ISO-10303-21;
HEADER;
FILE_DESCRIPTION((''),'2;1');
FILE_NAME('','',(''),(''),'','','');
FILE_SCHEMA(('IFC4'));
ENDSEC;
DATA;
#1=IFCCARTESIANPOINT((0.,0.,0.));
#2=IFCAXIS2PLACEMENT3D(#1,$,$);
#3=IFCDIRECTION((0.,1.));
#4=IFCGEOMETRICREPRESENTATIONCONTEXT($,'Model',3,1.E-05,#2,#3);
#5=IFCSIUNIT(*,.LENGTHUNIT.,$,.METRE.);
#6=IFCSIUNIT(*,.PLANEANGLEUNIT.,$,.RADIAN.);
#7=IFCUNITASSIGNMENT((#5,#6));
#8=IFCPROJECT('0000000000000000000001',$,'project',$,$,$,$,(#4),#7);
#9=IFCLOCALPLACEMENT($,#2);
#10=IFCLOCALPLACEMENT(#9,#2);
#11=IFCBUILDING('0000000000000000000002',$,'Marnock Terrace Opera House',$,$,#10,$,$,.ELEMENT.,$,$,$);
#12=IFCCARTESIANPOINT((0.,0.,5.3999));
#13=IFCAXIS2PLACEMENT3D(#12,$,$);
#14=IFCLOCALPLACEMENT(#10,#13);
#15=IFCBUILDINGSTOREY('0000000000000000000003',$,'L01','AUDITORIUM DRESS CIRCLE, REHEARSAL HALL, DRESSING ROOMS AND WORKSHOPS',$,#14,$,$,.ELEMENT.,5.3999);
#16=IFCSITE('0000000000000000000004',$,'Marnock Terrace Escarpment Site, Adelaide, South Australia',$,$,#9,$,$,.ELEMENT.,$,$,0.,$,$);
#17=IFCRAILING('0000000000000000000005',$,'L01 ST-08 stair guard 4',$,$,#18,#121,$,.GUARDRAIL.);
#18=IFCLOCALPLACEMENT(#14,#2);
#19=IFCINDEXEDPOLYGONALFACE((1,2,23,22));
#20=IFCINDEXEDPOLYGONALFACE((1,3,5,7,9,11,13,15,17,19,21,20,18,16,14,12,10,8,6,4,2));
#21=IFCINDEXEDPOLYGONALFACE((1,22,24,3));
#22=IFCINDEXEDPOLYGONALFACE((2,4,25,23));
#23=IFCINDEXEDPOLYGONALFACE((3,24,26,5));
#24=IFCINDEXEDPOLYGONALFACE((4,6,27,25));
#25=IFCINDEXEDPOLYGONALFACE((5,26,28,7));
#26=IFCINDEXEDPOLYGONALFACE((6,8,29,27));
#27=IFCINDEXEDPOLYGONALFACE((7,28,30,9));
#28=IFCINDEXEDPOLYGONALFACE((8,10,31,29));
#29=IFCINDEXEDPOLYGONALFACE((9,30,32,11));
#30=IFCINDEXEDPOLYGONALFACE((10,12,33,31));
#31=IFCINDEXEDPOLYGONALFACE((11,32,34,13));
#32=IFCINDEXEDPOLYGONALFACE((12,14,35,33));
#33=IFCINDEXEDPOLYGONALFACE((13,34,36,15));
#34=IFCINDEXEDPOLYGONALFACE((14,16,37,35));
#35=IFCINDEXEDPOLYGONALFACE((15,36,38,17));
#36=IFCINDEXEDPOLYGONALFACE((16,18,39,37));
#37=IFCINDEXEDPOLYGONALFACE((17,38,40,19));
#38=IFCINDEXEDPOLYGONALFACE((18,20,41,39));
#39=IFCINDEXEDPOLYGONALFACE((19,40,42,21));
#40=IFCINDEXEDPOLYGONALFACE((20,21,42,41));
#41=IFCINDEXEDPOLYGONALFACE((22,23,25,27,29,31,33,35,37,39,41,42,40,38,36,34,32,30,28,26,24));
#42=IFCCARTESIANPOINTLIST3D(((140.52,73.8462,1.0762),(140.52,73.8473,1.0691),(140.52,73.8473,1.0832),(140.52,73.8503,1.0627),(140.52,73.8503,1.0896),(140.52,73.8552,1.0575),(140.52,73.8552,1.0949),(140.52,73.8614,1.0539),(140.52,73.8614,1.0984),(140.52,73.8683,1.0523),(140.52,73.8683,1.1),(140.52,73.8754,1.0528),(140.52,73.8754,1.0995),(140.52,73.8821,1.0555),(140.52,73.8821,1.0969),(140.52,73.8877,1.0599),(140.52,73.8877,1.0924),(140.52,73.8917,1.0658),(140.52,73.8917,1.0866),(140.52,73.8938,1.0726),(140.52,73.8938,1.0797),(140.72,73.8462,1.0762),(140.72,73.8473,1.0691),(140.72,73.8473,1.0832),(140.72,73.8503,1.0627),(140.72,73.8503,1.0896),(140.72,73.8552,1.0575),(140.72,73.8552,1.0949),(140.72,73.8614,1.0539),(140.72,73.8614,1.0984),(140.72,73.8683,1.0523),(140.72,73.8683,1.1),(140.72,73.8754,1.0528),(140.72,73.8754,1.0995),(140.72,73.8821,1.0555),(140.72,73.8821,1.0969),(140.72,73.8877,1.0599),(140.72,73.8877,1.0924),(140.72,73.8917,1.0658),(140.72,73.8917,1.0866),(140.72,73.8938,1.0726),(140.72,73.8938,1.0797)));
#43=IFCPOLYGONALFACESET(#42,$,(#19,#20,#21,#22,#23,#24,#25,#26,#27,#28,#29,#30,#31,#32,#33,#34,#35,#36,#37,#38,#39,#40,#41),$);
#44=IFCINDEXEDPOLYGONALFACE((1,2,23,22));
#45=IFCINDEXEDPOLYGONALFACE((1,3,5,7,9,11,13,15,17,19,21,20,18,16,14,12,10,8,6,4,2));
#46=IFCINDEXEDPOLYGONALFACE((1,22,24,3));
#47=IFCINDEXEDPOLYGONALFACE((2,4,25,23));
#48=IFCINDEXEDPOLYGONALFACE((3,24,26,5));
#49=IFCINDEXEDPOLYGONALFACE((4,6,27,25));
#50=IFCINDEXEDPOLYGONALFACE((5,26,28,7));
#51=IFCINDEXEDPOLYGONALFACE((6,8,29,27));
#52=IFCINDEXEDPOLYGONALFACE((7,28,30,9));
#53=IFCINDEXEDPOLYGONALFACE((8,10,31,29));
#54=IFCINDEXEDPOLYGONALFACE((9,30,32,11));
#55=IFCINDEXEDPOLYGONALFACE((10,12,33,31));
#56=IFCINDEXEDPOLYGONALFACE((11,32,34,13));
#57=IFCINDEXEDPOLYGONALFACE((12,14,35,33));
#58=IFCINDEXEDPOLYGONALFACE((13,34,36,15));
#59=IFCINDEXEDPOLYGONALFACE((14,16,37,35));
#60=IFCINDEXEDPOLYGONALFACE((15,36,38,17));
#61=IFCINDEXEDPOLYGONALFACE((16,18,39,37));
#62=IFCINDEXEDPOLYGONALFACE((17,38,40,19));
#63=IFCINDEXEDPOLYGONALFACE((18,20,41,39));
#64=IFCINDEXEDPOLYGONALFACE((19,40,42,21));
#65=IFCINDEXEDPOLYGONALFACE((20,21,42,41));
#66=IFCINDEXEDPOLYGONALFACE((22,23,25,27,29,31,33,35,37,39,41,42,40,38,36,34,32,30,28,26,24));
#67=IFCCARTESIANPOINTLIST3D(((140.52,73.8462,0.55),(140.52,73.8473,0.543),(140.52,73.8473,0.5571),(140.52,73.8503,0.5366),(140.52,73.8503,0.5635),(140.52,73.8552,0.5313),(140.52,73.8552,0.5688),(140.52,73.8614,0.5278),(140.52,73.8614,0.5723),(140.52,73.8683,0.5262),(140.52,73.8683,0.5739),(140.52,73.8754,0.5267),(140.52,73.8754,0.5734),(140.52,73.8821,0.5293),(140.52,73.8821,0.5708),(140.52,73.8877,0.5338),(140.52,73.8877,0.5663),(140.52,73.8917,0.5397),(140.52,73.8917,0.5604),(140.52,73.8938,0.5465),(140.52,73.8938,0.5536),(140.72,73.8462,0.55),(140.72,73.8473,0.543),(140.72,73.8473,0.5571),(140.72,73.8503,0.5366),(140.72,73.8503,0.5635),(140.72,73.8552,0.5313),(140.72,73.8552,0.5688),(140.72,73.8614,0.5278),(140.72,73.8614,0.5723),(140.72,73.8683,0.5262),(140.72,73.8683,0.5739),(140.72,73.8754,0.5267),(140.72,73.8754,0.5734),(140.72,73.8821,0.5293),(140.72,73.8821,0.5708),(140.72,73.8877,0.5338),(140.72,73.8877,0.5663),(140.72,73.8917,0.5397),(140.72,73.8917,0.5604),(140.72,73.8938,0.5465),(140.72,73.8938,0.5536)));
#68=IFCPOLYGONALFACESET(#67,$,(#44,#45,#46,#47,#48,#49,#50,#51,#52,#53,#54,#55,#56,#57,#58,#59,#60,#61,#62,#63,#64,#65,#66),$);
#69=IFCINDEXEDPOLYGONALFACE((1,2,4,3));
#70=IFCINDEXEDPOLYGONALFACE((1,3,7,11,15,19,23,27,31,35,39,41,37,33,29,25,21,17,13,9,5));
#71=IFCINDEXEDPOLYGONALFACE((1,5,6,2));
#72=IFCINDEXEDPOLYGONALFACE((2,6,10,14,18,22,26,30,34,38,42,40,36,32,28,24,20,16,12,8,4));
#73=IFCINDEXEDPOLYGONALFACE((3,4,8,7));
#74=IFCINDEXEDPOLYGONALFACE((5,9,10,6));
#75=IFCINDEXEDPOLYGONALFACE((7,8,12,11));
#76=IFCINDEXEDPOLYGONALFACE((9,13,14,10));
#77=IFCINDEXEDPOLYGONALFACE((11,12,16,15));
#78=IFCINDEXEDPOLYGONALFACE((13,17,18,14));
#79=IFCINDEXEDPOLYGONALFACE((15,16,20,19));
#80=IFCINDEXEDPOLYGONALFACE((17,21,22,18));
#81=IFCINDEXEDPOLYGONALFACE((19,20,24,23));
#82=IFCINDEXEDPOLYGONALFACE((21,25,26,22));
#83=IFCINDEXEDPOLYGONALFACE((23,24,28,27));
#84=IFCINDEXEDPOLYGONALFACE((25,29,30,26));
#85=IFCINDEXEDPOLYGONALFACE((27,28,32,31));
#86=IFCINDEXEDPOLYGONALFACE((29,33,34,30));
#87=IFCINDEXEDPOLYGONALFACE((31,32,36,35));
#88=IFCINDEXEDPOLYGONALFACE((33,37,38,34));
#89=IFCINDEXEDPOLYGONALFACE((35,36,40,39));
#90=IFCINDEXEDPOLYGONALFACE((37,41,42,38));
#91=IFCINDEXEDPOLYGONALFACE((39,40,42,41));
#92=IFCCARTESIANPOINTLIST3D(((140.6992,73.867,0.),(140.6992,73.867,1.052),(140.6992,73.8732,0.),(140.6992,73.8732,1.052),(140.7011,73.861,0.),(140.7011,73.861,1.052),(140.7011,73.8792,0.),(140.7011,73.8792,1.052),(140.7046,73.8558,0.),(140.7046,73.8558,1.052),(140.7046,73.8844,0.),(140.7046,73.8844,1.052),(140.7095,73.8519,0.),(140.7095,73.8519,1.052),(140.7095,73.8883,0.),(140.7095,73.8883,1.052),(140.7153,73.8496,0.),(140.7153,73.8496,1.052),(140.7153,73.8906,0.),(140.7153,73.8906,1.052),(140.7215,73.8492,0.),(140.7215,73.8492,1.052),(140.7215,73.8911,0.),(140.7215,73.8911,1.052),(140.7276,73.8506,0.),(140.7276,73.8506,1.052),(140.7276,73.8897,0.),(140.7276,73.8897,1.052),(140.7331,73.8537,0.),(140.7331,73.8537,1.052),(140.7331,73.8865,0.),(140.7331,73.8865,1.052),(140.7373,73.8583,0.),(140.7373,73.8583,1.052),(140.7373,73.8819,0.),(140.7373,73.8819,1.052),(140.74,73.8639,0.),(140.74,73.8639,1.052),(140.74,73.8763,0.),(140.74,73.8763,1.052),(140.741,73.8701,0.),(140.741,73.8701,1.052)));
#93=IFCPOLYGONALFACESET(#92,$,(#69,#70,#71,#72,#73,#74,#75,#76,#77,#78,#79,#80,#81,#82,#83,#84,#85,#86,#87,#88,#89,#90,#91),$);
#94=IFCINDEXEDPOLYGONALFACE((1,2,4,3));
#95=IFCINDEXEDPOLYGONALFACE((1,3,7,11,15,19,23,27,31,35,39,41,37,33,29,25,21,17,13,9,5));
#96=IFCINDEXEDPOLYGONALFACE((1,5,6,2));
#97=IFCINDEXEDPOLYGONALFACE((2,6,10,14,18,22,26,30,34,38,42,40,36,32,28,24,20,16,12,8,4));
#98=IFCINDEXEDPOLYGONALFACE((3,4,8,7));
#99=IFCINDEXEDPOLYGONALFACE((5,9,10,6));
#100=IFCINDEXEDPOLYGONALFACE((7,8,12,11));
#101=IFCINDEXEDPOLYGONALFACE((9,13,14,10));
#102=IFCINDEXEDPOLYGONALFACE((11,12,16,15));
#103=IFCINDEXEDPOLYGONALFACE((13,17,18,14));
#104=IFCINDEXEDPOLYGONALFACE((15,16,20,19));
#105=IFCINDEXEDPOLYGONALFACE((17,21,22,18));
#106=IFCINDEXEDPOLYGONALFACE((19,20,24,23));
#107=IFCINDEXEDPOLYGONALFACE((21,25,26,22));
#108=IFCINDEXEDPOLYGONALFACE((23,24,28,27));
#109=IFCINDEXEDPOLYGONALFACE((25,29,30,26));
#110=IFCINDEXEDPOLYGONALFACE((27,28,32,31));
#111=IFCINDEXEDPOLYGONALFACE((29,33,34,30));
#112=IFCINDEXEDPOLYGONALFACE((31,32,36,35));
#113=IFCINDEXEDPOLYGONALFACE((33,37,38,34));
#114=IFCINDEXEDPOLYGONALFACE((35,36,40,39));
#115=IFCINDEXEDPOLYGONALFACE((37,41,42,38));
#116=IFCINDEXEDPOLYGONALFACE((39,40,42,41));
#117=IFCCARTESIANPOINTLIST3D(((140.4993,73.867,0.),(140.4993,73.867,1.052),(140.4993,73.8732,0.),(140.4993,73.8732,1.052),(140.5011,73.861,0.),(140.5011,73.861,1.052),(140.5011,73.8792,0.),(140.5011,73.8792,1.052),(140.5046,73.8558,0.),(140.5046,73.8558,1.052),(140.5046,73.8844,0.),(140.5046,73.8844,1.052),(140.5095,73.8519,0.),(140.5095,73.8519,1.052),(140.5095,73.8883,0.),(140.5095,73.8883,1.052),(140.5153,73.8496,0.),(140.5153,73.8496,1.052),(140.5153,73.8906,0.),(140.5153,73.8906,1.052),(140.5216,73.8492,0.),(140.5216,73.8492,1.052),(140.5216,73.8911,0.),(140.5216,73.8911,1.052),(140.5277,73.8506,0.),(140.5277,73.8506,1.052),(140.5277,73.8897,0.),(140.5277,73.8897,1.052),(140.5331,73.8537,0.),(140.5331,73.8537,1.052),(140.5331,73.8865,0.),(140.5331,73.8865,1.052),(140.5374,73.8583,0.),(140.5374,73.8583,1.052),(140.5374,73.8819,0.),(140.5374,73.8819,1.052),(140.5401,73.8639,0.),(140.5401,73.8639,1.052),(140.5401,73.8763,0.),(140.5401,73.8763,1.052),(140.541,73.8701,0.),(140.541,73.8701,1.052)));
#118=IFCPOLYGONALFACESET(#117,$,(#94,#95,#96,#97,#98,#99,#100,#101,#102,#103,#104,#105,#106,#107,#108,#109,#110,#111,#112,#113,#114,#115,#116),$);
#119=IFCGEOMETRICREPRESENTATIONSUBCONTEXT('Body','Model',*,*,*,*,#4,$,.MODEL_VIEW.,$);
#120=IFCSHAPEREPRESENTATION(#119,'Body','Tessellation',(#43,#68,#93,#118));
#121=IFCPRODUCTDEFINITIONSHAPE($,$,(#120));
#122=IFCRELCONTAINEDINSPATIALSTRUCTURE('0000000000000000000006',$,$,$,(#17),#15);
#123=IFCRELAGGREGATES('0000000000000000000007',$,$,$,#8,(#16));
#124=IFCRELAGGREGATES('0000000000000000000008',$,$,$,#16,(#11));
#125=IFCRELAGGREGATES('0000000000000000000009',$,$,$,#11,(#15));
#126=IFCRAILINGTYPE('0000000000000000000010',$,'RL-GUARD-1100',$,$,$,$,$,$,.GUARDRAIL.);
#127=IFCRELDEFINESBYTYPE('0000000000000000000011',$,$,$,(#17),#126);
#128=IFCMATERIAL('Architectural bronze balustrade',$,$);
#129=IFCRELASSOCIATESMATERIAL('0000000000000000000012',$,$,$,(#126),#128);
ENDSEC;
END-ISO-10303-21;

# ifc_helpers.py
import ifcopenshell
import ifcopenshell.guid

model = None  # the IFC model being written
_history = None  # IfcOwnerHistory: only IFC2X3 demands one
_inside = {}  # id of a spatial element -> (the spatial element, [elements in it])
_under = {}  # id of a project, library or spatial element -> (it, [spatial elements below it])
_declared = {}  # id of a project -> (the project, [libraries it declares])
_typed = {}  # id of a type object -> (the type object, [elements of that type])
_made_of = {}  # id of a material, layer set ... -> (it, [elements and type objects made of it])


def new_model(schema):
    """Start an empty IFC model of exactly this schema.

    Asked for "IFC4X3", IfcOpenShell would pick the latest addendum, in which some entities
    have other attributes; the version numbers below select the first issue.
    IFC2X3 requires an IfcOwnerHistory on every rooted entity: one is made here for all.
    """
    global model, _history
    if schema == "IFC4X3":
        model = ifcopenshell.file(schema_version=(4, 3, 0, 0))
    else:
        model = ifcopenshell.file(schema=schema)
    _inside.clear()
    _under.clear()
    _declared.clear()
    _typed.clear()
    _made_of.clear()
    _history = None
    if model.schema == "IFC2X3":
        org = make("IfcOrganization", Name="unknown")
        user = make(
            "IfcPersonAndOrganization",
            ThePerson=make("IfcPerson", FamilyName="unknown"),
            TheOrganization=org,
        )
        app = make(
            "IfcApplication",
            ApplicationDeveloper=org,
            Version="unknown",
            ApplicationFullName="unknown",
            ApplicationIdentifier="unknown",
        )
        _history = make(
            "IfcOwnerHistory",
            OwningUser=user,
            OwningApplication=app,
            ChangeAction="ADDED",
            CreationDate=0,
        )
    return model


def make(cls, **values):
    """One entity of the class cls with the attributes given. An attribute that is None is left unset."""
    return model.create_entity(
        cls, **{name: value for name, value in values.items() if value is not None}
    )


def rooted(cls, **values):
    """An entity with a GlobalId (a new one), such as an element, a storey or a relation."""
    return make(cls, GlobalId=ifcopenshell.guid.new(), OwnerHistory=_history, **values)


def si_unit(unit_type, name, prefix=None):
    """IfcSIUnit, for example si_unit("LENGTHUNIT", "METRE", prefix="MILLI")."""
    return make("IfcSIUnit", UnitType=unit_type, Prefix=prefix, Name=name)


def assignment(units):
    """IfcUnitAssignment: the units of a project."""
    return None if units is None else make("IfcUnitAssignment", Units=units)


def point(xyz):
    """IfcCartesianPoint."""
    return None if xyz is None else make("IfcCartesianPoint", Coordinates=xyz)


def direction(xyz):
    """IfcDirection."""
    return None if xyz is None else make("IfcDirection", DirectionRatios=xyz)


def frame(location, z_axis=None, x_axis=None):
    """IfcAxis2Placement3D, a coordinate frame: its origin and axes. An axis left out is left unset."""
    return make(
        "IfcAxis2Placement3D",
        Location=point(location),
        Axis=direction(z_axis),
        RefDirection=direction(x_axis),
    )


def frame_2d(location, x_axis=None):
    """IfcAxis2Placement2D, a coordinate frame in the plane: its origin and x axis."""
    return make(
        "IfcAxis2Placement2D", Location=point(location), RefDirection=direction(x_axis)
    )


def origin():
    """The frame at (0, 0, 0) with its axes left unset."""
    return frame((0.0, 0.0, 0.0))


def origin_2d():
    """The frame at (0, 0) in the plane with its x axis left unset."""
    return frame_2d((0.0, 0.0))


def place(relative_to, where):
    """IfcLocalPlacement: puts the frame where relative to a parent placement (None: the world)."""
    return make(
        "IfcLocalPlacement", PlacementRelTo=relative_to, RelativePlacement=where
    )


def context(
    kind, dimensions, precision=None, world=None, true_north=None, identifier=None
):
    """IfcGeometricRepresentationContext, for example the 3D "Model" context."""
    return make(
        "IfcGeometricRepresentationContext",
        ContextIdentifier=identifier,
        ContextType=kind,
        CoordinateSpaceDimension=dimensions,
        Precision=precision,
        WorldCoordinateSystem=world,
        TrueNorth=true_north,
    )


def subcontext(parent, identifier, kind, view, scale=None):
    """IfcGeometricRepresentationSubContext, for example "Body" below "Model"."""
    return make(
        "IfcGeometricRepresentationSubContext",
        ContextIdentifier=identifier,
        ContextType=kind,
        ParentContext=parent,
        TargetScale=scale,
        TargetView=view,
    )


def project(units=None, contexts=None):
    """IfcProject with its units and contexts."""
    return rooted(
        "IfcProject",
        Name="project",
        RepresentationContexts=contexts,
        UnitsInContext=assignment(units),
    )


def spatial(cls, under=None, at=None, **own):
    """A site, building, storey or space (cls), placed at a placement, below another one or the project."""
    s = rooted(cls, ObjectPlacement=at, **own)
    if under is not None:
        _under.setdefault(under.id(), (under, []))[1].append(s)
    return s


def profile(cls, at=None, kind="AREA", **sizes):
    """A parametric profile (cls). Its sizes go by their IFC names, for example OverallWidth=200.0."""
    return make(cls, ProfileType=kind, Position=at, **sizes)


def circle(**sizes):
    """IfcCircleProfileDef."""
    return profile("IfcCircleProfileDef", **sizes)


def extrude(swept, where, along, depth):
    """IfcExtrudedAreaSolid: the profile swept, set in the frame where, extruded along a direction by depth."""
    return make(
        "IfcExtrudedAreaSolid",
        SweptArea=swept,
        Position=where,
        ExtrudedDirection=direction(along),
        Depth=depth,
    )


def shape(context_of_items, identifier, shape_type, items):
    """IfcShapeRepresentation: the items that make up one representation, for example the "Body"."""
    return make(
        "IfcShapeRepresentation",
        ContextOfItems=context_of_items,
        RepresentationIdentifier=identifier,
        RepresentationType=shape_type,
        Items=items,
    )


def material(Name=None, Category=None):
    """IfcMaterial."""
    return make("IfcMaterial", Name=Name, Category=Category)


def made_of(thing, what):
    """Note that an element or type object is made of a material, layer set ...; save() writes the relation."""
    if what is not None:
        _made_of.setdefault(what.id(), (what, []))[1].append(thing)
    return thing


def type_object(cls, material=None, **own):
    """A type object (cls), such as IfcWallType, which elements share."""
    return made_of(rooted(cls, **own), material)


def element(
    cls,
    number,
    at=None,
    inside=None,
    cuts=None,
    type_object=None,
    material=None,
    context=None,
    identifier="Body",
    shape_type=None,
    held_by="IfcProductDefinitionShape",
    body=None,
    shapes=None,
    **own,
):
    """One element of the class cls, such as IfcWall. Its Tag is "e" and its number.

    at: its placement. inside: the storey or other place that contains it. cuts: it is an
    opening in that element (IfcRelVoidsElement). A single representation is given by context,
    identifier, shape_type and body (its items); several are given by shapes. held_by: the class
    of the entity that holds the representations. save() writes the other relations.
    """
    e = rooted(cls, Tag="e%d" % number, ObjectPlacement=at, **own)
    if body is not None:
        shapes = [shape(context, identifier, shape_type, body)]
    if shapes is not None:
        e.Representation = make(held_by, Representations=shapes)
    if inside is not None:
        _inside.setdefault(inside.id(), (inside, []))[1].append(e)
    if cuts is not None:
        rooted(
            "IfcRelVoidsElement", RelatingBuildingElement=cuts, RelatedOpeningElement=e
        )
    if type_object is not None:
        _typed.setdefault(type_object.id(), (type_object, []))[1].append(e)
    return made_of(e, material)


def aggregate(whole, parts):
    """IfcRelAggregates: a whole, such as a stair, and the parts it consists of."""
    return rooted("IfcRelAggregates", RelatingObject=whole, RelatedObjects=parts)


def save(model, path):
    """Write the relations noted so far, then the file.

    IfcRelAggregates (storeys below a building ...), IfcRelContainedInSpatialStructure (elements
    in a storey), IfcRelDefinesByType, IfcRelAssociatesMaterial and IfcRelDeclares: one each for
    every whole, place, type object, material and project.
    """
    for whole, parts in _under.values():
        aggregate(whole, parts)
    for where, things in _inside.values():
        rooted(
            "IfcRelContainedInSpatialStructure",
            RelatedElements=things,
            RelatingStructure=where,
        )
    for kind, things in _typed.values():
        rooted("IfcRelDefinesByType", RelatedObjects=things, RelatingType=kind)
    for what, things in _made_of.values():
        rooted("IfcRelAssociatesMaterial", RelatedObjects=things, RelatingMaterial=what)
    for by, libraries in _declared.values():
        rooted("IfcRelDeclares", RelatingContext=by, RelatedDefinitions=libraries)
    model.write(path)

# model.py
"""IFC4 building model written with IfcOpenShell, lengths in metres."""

from ifc_helpers import new_model, si_unit, direction, frame, origin, origin_2d, place, context, subcontext, project, spatial, circle, extrude, material, type_object, element, save


model = new_model("IFC4")

# Units and contexts
model_context = context("Model", 3, precision=1e-05, world=origin(), true_north=direction((0.0, 1.0)))
body_context = subcontext(model_context, "Body", "Model", "MODEL_VIEW")
ifc_project = project(units=[si_unit("LENGTHUNIT", "METRE"), si_unit("PLANEANGLEUNIT", "RADIAN")], contexts=[model_context])

# Site, building, storey
site_placement = place(None, origin())
site = spatial("IfcSite", under=ifc_project, at=site_placement, Name="Marnock Terrace Escarpment Site, Adelaide, South Australia", CompositionType="ELEMENT", RefElevation=0.0)
building_placement = place(site_placement, origin())
building = spatial("IfcBuilding", under=site, at=building_placement, Name="Marnock Terrace Opera House", CompositionType="ELEMENT")
storey_placement = place(building_placement, frame((0.0, 0.0, 5.3999)))
storey = spatial("IfcBuildingStorey", under=building, at=storey_placement, Name="L01", Description="AUDITORIUM DRESS CIRCLE, REHEARSAL HALL, DRESSING ROOMS AND WORKSHOPS", CompositionType="ELEMENT", Elevation=5.3999)

# Railing
ifc_material_1 = material(Name="Architectural bronze balustrade")
railing_type_1 = type_object("IfcRailingType", Name="RL-GUARD-1100", PredefinedType="GUARDRAIL", material=ifc_material_1)
railing_1_placement = place(storey_placement, frame((140.72, 73.8701, 0.0)))
element("IfcRailing", 1, at=railing_1_placement, inside=storey, type_object=railing_type_1, Name="L01 ST-08 stair guard 4", PredefinedType="GUARDRAIL", context=body_context, shape_type="SweptSolid", body=[
    extrude(circle(Radius=0.0239, at=origin_2d()), frame((0.0, 0.0, 1.0762), z_axis=(-1.0, 0.0, 0.0), x_axis=(0.0, -1.0, 0.0)), (0.0, 0.0, 1.0), 0.2),
    extrude(circle(Radius=0.0239, at=origin_2d()), frame((0.0, 0.0, 0.55), z_axis=(-1.0, 0.0, 0.0), x_axis=(0.0, -1.0, 0.0)), (0.0, 0.0, 1.0), 0.2),
    extrude(circle(Radius=0.021, at=origin_2d()), origin(), (0.0, 0.0, 1.0), 1.052),
    extrude(circle(Radius=0.021, at=origin_2d()), frame((-0.2, 0.0, 0.0)), (0.0, 0.0, 1.0), 1.052),
])

save(model, "model.ifc")
